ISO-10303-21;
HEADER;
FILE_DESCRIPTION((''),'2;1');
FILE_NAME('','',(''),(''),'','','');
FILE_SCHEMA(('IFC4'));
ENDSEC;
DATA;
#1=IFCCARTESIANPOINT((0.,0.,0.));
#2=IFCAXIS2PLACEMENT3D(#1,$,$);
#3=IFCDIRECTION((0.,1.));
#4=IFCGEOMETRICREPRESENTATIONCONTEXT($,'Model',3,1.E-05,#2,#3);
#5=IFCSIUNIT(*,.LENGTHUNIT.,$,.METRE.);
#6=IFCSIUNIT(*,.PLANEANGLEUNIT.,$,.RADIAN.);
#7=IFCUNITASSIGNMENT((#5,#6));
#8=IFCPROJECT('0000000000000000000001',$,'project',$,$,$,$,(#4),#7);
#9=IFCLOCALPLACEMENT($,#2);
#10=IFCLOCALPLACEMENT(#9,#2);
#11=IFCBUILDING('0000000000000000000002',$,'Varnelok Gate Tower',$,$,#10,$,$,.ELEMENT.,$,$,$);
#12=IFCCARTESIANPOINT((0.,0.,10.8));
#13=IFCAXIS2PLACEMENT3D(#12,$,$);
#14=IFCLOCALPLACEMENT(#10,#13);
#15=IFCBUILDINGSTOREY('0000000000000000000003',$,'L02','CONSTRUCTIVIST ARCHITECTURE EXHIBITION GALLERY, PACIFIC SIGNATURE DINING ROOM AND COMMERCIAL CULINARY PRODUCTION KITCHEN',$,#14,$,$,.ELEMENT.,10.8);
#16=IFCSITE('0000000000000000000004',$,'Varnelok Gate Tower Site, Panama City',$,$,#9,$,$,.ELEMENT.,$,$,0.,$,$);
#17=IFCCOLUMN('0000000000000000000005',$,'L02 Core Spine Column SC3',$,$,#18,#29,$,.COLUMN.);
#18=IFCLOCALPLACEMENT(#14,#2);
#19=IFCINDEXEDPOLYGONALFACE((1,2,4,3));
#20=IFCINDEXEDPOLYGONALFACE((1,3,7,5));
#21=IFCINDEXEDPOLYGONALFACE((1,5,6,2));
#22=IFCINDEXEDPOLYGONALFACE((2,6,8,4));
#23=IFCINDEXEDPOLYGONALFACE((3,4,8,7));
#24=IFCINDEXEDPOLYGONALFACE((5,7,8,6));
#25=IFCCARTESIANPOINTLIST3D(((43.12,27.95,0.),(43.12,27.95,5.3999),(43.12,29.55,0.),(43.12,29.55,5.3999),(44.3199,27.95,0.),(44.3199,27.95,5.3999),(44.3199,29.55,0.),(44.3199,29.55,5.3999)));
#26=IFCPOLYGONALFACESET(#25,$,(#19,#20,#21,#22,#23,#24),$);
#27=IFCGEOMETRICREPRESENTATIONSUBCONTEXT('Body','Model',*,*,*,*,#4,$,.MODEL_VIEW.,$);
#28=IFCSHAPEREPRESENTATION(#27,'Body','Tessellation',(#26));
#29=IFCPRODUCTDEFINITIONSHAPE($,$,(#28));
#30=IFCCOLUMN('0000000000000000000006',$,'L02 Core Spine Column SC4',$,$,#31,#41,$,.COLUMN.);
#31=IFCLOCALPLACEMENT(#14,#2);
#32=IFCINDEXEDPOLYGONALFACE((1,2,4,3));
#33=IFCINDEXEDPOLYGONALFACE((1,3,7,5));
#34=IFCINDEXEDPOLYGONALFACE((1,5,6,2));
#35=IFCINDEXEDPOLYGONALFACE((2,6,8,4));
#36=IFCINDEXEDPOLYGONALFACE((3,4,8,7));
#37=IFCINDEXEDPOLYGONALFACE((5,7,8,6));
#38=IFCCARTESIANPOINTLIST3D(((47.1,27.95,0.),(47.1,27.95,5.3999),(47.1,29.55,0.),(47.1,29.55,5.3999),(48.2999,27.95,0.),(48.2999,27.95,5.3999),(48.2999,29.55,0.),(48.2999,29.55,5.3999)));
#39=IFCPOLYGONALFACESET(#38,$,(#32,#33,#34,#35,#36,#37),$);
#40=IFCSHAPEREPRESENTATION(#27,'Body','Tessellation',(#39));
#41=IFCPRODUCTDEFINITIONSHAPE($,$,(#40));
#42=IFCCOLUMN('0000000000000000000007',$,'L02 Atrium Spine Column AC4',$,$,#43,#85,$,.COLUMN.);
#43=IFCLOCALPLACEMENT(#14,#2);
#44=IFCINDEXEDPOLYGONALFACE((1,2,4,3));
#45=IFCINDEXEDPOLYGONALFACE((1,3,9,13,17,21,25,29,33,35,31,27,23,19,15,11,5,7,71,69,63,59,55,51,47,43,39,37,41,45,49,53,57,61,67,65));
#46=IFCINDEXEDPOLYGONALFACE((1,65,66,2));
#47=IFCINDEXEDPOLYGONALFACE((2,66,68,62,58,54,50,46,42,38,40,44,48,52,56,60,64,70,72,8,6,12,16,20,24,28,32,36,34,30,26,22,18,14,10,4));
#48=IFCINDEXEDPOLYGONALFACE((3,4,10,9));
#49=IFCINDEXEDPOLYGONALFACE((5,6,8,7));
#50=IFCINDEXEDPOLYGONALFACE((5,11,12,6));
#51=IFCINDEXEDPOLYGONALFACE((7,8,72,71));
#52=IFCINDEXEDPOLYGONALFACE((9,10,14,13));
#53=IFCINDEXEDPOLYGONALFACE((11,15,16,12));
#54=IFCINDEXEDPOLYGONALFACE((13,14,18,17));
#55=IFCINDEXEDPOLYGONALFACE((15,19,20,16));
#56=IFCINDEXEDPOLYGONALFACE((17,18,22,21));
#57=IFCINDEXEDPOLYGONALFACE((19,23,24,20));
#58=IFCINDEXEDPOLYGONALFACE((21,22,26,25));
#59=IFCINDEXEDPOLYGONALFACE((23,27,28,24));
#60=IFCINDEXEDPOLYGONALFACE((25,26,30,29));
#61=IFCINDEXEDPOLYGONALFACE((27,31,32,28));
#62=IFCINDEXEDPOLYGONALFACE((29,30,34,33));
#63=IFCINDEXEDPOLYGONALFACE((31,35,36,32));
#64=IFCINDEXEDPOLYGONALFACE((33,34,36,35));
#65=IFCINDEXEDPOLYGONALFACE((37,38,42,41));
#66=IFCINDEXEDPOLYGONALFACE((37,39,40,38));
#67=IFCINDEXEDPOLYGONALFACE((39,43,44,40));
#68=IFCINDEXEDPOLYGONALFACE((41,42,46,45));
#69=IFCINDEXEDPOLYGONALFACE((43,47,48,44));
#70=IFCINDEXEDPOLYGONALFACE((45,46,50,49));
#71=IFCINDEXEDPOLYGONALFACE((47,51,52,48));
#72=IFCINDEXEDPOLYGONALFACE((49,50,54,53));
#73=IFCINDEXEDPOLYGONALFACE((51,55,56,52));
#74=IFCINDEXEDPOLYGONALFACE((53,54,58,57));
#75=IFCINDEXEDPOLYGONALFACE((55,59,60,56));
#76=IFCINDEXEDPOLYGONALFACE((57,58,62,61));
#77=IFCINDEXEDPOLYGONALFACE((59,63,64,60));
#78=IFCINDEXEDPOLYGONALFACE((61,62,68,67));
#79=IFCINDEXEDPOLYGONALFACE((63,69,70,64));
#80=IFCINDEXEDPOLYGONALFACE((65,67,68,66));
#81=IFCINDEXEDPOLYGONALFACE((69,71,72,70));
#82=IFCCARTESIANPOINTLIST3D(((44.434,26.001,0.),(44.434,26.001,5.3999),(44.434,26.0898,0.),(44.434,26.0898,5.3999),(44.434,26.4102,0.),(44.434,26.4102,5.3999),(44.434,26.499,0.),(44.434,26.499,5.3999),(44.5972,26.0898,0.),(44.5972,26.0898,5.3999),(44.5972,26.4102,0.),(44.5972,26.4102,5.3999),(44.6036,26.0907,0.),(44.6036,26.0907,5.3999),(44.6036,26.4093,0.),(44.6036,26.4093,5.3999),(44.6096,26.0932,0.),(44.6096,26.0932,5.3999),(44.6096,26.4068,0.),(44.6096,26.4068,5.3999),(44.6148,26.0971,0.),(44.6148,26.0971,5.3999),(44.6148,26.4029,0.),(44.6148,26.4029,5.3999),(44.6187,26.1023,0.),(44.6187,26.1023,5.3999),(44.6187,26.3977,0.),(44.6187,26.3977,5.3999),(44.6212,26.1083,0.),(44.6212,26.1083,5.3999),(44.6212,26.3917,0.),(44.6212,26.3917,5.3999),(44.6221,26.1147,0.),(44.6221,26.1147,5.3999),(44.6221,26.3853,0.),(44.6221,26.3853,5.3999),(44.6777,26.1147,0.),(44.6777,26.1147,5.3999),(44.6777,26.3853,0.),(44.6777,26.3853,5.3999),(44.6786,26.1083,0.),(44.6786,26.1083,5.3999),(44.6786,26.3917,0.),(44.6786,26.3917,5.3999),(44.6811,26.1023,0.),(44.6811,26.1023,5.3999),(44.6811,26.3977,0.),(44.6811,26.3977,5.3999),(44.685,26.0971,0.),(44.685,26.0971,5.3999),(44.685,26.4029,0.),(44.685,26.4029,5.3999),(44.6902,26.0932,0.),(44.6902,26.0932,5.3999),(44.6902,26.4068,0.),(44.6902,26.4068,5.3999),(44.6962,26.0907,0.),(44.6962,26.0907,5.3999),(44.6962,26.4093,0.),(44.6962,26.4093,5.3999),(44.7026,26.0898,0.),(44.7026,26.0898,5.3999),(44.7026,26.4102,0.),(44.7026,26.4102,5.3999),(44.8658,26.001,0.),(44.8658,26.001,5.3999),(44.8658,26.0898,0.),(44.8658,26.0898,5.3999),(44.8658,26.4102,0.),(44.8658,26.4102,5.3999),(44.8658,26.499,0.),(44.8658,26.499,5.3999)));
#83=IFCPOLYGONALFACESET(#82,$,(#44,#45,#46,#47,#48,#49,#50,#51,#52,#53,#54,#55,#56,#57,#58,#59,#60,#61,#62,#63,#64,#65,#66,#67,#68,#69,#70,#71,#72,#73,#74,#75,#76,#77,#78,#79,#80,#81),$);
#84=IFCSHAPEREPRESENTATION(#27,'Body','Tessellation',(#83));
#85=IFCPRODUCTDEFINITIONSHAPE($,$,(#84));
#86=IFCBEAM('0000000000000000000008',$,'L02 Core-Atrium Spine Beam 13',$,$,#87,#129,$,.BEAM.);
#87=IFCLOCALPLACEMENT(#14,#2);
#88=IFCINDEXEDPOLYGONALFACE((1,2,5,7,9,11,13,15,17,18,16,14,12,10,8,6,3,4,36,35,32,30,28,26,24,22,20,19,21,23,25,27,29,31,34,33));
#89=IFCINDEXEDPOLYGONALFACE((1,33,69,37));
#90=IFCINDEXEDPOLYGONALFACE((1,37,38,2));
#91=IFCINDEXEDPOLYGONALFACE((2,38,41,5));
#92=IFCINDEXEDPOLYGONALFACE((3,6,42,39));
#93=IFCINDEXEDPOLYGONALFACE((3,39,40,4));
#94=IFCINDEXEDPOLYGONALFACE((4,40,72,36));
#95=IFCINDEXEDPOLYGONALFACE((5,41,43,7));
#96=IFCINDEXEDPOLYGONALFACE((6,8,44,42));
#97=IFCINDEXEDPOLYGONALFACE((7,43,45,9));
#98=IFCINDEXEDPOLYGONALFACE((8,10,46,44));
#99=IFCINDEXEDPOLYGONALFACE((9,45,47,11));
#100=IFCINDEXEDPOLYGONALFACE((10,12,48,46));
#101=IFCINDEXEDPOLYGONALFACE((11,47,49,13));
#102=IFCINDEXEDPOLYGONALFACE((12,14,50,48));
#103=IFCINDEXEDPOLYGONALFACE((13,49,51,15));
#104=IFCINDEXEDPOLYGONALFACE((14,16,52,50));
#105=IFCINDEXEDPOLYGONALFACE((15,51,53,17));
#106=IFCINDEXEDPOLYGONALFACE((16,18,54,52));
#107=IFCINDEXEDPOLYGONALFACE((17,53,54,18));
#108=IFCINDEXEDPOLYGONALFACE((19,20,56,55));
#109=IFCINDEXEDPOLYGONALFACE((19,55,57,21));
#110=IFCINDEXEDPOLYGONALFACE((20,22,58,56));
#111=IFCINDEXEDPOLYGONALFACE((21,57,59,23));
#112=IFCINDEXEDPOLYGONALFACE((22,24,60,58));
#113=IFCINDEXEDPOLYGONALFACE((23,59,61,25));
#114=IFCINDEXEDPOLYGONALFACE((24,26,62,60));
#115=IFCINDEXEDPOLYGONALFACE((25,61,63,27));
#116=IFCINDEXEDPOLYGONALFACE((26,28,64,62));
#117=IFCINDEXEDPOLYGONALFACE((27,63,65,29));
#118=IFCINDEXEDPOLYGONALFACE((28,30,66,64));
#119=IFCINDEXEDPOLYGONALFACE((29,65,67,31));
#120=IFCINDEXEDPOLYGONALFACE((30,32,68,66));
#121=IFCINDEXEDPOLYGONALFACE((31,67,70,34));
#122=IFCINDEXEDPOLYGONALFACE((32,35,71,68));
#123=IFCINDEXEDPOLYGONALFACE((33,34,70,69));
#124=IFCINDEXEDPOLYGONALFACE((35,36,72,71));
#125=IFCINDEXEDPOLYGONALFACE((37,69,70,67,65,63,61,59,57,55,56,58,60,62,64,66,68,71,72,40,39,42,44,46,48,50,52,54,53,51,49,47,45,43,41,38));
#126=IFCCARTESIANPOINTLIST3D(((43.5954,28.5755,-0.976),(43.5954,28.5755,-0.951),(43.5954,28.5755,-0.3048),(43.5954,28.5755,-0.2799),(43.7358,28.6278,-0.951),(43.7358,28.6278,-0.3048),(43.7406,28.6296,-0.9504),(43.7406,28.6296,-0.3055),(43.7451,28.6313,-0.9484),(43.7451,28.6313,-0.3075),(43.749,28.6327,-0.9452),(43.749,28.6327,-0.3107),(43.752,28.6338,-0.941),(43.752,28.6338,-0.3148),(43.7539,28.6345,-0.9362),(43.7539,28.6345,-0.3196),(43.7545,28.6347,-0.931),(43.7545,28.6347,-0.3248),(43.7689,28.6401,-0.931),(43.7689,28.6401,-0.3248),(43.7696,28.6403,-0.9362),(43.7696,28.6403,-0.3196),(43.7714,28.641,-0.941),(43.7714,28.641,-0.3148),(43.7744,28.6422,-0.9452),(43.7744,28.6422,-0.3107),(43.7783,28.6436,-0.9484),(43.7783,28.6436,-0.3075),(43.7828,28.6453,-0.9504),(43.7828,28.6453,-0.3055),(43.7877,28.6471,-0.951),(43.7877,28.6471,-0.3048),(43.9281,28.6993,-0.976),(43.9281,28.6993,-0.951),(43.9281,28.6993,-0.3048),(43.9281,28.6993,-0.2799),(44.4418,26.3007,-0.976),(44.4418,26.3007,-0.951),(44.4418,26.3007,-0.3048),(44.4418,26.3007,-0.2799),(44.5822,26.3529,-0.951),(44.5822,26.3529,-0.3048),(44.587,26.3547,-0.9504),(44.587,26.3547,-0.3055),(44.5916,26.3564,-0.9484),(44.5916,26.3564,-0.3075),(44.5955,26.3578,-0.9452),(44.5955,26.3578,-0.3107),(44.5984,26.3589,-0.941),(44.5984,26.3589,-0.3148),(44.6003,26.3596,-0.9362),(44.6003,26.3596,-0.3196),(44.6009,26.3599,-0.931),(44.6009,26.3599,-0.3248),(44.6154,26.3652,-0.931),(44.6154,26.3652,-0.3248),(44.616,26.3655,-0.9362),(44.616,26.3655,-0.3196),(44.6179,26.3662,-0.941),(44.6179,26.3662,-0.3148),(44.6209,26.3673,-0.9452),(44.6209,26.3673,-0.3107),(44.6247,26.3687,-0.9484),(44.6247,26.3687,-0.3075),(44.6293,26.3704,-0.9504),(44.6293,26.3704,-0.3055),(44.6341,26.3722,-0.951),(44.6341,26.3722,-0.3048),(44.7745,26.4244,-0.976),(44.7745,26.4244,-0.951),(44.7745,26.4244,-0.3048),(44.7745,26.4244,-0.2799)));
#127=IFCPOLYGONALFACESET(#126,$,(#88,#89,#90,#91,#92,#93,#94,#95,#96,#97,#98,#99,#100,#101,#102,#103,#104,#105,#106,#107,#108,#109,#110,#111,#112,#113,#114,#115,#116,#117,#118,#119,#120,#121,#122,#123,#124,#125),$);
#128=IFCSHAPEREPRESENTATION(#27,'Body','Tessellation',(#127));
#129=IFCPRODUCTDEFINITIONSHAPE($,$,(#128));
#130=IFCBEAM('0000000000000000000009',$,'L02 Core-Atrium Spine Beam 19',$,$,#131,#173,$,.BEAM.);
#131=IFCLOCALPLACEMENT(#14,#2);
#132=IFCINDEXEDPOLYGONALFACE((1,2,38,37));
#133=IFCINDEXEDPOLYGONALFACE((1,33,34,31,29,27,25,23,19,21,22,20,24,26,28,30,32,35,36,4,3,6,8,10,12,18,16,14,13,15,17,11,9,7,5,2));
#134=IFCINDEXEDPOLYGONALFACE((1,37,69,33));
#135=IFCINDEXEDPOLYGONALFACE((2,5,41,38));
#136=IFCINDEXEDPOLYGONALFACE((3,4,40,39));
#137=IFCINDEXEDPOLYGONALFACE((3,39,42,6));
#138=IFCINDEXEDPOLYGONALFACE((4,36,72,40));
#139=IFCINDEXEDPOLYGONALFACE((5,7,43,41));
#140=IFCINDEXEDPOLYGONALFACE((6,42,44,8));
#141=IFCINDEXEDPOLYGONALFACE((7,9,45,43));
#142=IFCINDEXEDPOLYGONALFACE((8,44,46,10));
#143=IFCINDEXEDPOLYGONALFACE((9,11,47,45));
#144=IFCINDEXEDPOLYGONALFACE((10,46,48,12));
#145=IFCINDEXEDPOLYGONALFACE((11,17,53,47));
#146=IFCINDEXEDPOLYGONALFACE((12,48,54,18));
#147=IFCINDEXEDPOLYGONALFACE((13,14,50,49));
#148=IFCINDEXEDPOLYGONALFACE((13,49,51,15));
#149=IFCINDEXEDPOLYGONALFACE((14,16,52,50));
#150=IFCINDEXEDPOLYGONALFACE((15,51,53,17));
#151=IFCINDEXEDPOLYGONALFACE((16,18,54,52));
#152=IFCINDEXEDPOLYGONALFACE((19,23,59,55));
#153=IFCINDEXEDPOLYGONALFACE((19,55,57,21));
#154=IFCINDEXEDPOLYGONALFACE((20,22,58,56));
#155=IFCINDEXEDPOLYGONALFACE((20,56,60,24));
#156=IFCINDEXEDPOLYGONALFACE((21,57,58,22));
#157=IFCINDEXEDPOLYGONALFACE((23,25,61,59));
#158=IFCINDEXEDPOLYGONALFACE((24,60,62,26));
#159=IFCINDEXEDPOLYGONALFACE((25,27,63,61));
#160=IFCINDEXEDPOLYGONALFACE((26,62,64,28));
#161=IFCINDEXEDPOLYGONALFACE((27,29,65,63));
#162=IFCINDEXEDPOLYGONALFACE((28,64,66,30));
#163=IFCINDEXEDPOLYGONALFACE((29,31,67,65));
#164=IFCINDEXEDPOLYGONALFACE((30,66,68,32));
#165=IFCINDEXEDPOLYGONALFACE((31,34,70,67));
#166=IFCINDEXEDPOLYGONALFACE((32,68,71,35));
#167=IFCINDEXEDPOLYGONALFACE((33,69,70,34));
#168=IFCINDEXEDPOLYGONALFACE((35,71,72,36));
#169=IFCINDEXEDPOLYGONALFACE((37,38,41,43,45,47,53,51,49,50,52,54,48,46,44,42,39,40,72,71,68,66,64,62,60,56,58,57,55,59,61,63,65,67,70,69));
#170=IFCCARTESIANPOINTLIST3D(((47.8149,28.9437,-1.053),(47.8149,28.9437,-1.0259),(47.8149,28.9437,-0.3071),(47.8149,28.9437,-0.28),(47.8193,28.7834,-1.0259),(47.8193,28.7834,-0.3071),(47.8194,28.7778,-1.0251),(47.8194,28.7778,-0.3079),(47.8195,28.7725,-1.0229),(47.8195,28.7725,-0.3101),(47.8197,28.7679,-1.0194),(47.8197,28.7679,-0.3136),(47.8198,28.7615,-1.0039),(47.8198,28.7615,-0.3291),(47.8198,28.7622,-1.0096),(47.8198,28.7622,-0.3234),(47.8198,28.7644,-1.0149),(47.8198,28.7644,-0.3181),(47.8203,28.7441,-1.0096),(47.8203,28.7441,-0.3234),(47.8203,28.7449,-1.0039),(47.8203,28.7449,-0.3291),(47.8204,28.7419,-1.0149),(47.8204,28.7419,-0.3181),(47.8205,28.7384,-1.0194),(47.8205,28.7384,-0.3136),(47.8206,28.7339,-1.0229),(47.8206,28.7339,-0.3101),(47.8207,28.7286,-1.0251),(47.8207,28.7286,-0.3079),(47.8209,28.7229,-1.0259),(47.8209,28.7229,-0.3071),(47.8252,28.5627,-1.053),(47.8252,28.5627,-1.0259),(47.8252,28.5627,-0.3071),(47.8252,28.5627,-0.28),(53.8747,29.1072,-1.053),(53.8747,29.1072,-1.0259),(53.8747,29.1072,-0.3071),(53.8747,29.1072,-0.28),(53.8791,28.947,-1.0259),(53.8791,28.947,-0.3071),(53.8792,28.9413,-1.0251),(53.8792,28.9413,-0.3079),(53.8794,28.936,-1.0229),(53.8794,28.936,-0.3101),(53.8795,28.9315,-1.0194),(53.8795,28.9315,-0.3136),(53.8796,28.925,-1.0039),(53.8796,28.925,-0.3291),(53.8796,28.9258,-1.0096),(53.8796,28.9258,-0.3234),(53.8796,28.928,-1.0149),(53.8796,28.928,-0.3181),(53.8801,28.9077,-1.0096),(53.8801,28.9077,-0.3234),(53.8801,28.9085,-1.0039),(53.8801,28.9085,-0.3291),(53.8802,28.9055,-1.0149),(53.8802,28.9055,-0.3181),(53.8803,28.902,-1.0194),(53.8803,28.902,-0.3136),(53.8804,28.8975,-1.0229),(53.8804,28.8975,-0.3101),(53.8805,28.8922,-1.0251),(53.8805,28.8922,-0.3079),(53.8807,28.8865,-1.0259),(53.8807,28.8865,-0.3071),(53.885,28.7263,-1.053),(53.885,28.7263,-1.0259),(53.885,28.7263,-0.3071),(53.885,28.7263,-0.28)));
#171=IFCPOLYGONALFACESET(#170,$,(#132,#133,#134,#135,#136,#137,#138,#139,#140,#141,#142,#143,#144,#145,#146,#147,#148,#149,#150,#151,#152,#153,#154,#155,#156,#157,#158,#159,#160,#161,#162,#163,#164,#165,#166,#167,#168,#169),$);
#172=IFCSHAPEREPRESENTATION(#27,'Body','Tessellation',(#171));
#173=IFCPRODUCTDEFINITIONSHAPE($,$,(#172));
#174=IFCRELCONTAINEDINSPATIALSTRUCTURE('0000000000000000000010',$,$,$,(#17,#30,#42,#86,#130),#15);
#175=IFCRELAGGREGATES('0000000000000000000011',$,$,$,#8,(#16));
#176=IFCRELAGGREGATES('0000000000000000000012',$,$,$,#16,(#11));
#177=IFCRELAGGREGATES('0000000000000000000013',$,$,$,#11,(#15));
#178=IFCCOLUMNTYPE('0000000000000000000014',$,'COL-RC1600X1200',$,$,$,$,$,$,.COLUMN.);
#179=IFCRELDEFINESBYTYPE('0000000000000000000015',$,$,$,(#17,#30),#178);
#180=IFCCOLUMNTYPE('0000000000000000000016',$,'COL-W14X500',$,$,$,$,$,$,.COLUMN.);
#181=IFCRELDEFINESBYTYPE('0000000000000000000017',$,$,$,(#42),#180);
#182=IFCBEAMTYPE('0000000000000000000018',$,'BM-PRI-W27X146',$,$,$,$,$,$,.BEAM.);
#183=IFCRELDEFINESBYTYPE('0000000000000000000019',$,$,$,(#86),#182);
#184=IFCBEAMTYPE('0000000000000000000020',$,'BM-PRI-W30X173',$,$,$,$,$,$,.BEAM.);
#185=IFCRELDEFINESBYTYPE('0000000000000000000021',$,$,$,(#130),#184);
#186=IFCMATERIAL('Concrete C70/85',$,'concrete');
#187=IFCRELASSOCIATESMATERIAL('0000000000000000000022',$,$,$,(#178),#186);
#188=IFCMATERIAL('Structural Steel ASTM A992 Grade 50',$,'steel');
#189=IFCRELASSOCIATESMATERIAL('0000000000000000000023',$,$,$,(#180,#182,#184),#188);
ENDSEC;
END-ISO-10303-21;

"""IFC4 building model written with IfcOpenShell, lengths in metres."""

from ifc_helpers import new_model, si_unit, direction, frame, origin, origin_2d, place, context, subcontext, project, spatial, rectangle, i_section, extrude, material, material_profile, profile_set, type_object, element, save


model = new_model("IFC4")

# Units and contexts
model_context = context("Model", 3, precision=1e-05, world=origin(), true_north=direction((0.0, 1.0)))
body_context = subcontext(model_context, "Body", "Model", "MODEL_VIEW")
ifc_project = project(units=[si_unit("LENGTHUNIT", "METRE"), si_unit("PLANEANGLEUNIT", "RADIAN")], contexts=[model_context])

# Site, building, storey
site_placement = place(None, origin())
site = spatial("IfcSite", under=ifc_project, at=site_placement, Name="Varnelok Gate Tower Site, Panama City", CompositionType="ELEMENT", RefElevation=0.0)
building_placement = place(site_placement, origin())
building = spatial("IfcBuilding", under=site, at=building_placement, Name="Varnelok Gate Tower", CompositionType="ELEMENT")
storey_placement = place(building_placement, frame((0.0, 0.0, 10.8)))
storey = spatial("IfcBuildingStorey", under=building, at=storey_placement, Name="L02", Description="CONSTRUCTIVIST ARCHITECTURE EXHIBITION GALLERY, PACIFIC SIGNATURE DINING ROOM AND COMMERCIAL CULINARY PRODUCTION KITCHEN", CompositionType="ELEMENT", Elevation=10.8)

# Columns
ifc_material_1 = material(Name="Concrete C70/85", Category="concrete")
ifc_material_profile_1 = material_profile(ifc_material_1, rectangle(XDim=1.2, YDim=1.6001, at=origin_2d()), Name="RC1600X1200")
ifc_profile_set_1 = profile_set([ifc_material_profile_1], Name="Concrete C70/85")
column_type_1 = type_object("IfcColumnType", Name="COL-RC1600X1200", PredefinedType="COLUMN", material=ifc_profile_set_1)
for number, where, z_axis, x_axis, name in (
    (1, (43.72, 28.75, 0.0), (0.0, 0.0, 1.0), (1.0, 0.0, 0.0), "L02 Core Spine Column SC3"),
    (2, (47.7, 28.75, 0.0), (0.0, 0.0, 1.0), (1.0, 0.0, 0.0), "L02 Core Spine Column SC4"),
):
    element("IfcColumn", number, at=place(storey_placement, frame(where, z_axis=z_axis, x_axis=x_axis)), inside=storey, type_object=column_type_1, Name=name, PredefinedType="COLUMN", context=body_context, shape_type="SweptSolid", body=[
        extrude(rectangle(XDim=1.2, YDim=1.6001, at=origin_2d()), origin(), (0.0, 0.0, 1.0), 5.3999),
    ])
ifc_material_2 = material(Name="Structural Steel ASTM A992 Grade 50", Category="steel")
ifc_material_profile_2 = material_profile(ifc_material_2, i_section(OverallWidth=0.4319, OverallDepth=0.498, WebThickness=0.0557, FlangeThickness=0.0889, FilletRadius=0.0249, at=origin_2d()), Name="W14X500")
ifc_profile_set_2 = profile_set([ifc_material_profile_2], Name="Structural Steel ASTM A992 Grade 50")
column_type_2 = type_object("IfcColumnType", Name="COL-W14X500", PredefinedType="COLUMN", material=ifc_profile_set_2)
column_placement = place(storey_placement, frame((44.6499, 26.25, 0.0), z_axis=(0.0, 0.0, 1.0), x_axis=(1.0, 0.0, 0.0)))
element("IfcColumn", 3, at=column_placement, inside=storey, type_object=column_type_2, Name="L02 Atrium Spine Column AC4", PredefinedType="COLUMN", context=body_context, shape_type="SweptSolid", body=[
    extrude(i_section(OverallWidth=0.4319, OverallDepth=0.498, WebThickness=0.0557, FlangeThickness=0.0889, FilletRadius=0.0249, at=origin_2d()), origin(), (0.0, 0.0, 1.0), 5.3999),
])

# Beams
ifc_material_profile_3 = material_profile(ifc_material_2, i_section(OverallWidth=0.355, OverallDepth=0.696, WebThickness=0.0154, FlangeThickness=0.0249, FilletRadius=0.02, at=origin_2d()), Name="W27X146")
ifc_profile_set_3 = profile_set([ifc_material_profile_3], Name="Structural Steel ASTM A992 Grade 50")
beam_type_1 = type_object("IfcBeamType", Name="BM-PRI-W27X146", PredefinedType="BEAM", material=ifc_profile_set_3)
beam_1_placement = place(storey_placement, frame((44.6082, 26.3625, -0.6279), z_axis=(-0.348719, 0.937227, 0.0), x_axis=(-0.937227, -0.348719, 0.0)))
element("IfcBeam", 4, at=beam_1_placement, inside=storey, type_object=beam_type_1, Name="L02 Core-Atrium Spine Beam 13", PredefinedType="BEAM", context=body_context, shape_type="SweptSolid", body=[
    extrude(i_section(OverallWidth=0.355, OverallDepth=0.696, WebThickness=0.0154, FlangeThickness=0.0249, FilletRadius=0.02, at=origin_2d()), origin(), (0.0, 0.0, 1.0), 2.4272),
])
ifc_material_profile_4 = material_profile(ifc_material_2, i_section(OverallWidth=0.3811, OverallDepth=0.7729, WebThickness=0.0166, FlangeThickness=0.0271, FilletRadius=0.022, at=origin_2d()), Name="W30X173")
ifc_profile_set_4 = profile_set([ifc_material_profile_4], Name="Structural Steel ASTM A992 Grade 50")
beam_type_2 = type_object("IfcBeamType", Name="BM-PRI-W30X173", PredefinedType="BEAM", material=ifc_profile_set_4)
beam_2_placement = place(storey_placement, frame((47.8201, 28.7532, -0.6665), z_axis=(0.999636, 0.026983, 0.0), x_axis=(-0.026983, 0.999636, 0.0)))
element("IfcBeam", 5, at=beam_2_placement, inside=storey, type_object=beam_type_2, Name="L02 Core-Atrium Spine Beam 19", PredefinedType="BEAM", context=body_context, shape_type="SweptSolid", body=[
    extrude(i_section(OverallWidth=0.3811, OverallDepth=0.7729, WebThickness=0.0166, FlangeThickness=0.0271, FilletRadius=0.022, at=origin_2d()), origin(), (0.0, 0.0, 1.0), 6.062),
])

save(model, "model.ifc")
